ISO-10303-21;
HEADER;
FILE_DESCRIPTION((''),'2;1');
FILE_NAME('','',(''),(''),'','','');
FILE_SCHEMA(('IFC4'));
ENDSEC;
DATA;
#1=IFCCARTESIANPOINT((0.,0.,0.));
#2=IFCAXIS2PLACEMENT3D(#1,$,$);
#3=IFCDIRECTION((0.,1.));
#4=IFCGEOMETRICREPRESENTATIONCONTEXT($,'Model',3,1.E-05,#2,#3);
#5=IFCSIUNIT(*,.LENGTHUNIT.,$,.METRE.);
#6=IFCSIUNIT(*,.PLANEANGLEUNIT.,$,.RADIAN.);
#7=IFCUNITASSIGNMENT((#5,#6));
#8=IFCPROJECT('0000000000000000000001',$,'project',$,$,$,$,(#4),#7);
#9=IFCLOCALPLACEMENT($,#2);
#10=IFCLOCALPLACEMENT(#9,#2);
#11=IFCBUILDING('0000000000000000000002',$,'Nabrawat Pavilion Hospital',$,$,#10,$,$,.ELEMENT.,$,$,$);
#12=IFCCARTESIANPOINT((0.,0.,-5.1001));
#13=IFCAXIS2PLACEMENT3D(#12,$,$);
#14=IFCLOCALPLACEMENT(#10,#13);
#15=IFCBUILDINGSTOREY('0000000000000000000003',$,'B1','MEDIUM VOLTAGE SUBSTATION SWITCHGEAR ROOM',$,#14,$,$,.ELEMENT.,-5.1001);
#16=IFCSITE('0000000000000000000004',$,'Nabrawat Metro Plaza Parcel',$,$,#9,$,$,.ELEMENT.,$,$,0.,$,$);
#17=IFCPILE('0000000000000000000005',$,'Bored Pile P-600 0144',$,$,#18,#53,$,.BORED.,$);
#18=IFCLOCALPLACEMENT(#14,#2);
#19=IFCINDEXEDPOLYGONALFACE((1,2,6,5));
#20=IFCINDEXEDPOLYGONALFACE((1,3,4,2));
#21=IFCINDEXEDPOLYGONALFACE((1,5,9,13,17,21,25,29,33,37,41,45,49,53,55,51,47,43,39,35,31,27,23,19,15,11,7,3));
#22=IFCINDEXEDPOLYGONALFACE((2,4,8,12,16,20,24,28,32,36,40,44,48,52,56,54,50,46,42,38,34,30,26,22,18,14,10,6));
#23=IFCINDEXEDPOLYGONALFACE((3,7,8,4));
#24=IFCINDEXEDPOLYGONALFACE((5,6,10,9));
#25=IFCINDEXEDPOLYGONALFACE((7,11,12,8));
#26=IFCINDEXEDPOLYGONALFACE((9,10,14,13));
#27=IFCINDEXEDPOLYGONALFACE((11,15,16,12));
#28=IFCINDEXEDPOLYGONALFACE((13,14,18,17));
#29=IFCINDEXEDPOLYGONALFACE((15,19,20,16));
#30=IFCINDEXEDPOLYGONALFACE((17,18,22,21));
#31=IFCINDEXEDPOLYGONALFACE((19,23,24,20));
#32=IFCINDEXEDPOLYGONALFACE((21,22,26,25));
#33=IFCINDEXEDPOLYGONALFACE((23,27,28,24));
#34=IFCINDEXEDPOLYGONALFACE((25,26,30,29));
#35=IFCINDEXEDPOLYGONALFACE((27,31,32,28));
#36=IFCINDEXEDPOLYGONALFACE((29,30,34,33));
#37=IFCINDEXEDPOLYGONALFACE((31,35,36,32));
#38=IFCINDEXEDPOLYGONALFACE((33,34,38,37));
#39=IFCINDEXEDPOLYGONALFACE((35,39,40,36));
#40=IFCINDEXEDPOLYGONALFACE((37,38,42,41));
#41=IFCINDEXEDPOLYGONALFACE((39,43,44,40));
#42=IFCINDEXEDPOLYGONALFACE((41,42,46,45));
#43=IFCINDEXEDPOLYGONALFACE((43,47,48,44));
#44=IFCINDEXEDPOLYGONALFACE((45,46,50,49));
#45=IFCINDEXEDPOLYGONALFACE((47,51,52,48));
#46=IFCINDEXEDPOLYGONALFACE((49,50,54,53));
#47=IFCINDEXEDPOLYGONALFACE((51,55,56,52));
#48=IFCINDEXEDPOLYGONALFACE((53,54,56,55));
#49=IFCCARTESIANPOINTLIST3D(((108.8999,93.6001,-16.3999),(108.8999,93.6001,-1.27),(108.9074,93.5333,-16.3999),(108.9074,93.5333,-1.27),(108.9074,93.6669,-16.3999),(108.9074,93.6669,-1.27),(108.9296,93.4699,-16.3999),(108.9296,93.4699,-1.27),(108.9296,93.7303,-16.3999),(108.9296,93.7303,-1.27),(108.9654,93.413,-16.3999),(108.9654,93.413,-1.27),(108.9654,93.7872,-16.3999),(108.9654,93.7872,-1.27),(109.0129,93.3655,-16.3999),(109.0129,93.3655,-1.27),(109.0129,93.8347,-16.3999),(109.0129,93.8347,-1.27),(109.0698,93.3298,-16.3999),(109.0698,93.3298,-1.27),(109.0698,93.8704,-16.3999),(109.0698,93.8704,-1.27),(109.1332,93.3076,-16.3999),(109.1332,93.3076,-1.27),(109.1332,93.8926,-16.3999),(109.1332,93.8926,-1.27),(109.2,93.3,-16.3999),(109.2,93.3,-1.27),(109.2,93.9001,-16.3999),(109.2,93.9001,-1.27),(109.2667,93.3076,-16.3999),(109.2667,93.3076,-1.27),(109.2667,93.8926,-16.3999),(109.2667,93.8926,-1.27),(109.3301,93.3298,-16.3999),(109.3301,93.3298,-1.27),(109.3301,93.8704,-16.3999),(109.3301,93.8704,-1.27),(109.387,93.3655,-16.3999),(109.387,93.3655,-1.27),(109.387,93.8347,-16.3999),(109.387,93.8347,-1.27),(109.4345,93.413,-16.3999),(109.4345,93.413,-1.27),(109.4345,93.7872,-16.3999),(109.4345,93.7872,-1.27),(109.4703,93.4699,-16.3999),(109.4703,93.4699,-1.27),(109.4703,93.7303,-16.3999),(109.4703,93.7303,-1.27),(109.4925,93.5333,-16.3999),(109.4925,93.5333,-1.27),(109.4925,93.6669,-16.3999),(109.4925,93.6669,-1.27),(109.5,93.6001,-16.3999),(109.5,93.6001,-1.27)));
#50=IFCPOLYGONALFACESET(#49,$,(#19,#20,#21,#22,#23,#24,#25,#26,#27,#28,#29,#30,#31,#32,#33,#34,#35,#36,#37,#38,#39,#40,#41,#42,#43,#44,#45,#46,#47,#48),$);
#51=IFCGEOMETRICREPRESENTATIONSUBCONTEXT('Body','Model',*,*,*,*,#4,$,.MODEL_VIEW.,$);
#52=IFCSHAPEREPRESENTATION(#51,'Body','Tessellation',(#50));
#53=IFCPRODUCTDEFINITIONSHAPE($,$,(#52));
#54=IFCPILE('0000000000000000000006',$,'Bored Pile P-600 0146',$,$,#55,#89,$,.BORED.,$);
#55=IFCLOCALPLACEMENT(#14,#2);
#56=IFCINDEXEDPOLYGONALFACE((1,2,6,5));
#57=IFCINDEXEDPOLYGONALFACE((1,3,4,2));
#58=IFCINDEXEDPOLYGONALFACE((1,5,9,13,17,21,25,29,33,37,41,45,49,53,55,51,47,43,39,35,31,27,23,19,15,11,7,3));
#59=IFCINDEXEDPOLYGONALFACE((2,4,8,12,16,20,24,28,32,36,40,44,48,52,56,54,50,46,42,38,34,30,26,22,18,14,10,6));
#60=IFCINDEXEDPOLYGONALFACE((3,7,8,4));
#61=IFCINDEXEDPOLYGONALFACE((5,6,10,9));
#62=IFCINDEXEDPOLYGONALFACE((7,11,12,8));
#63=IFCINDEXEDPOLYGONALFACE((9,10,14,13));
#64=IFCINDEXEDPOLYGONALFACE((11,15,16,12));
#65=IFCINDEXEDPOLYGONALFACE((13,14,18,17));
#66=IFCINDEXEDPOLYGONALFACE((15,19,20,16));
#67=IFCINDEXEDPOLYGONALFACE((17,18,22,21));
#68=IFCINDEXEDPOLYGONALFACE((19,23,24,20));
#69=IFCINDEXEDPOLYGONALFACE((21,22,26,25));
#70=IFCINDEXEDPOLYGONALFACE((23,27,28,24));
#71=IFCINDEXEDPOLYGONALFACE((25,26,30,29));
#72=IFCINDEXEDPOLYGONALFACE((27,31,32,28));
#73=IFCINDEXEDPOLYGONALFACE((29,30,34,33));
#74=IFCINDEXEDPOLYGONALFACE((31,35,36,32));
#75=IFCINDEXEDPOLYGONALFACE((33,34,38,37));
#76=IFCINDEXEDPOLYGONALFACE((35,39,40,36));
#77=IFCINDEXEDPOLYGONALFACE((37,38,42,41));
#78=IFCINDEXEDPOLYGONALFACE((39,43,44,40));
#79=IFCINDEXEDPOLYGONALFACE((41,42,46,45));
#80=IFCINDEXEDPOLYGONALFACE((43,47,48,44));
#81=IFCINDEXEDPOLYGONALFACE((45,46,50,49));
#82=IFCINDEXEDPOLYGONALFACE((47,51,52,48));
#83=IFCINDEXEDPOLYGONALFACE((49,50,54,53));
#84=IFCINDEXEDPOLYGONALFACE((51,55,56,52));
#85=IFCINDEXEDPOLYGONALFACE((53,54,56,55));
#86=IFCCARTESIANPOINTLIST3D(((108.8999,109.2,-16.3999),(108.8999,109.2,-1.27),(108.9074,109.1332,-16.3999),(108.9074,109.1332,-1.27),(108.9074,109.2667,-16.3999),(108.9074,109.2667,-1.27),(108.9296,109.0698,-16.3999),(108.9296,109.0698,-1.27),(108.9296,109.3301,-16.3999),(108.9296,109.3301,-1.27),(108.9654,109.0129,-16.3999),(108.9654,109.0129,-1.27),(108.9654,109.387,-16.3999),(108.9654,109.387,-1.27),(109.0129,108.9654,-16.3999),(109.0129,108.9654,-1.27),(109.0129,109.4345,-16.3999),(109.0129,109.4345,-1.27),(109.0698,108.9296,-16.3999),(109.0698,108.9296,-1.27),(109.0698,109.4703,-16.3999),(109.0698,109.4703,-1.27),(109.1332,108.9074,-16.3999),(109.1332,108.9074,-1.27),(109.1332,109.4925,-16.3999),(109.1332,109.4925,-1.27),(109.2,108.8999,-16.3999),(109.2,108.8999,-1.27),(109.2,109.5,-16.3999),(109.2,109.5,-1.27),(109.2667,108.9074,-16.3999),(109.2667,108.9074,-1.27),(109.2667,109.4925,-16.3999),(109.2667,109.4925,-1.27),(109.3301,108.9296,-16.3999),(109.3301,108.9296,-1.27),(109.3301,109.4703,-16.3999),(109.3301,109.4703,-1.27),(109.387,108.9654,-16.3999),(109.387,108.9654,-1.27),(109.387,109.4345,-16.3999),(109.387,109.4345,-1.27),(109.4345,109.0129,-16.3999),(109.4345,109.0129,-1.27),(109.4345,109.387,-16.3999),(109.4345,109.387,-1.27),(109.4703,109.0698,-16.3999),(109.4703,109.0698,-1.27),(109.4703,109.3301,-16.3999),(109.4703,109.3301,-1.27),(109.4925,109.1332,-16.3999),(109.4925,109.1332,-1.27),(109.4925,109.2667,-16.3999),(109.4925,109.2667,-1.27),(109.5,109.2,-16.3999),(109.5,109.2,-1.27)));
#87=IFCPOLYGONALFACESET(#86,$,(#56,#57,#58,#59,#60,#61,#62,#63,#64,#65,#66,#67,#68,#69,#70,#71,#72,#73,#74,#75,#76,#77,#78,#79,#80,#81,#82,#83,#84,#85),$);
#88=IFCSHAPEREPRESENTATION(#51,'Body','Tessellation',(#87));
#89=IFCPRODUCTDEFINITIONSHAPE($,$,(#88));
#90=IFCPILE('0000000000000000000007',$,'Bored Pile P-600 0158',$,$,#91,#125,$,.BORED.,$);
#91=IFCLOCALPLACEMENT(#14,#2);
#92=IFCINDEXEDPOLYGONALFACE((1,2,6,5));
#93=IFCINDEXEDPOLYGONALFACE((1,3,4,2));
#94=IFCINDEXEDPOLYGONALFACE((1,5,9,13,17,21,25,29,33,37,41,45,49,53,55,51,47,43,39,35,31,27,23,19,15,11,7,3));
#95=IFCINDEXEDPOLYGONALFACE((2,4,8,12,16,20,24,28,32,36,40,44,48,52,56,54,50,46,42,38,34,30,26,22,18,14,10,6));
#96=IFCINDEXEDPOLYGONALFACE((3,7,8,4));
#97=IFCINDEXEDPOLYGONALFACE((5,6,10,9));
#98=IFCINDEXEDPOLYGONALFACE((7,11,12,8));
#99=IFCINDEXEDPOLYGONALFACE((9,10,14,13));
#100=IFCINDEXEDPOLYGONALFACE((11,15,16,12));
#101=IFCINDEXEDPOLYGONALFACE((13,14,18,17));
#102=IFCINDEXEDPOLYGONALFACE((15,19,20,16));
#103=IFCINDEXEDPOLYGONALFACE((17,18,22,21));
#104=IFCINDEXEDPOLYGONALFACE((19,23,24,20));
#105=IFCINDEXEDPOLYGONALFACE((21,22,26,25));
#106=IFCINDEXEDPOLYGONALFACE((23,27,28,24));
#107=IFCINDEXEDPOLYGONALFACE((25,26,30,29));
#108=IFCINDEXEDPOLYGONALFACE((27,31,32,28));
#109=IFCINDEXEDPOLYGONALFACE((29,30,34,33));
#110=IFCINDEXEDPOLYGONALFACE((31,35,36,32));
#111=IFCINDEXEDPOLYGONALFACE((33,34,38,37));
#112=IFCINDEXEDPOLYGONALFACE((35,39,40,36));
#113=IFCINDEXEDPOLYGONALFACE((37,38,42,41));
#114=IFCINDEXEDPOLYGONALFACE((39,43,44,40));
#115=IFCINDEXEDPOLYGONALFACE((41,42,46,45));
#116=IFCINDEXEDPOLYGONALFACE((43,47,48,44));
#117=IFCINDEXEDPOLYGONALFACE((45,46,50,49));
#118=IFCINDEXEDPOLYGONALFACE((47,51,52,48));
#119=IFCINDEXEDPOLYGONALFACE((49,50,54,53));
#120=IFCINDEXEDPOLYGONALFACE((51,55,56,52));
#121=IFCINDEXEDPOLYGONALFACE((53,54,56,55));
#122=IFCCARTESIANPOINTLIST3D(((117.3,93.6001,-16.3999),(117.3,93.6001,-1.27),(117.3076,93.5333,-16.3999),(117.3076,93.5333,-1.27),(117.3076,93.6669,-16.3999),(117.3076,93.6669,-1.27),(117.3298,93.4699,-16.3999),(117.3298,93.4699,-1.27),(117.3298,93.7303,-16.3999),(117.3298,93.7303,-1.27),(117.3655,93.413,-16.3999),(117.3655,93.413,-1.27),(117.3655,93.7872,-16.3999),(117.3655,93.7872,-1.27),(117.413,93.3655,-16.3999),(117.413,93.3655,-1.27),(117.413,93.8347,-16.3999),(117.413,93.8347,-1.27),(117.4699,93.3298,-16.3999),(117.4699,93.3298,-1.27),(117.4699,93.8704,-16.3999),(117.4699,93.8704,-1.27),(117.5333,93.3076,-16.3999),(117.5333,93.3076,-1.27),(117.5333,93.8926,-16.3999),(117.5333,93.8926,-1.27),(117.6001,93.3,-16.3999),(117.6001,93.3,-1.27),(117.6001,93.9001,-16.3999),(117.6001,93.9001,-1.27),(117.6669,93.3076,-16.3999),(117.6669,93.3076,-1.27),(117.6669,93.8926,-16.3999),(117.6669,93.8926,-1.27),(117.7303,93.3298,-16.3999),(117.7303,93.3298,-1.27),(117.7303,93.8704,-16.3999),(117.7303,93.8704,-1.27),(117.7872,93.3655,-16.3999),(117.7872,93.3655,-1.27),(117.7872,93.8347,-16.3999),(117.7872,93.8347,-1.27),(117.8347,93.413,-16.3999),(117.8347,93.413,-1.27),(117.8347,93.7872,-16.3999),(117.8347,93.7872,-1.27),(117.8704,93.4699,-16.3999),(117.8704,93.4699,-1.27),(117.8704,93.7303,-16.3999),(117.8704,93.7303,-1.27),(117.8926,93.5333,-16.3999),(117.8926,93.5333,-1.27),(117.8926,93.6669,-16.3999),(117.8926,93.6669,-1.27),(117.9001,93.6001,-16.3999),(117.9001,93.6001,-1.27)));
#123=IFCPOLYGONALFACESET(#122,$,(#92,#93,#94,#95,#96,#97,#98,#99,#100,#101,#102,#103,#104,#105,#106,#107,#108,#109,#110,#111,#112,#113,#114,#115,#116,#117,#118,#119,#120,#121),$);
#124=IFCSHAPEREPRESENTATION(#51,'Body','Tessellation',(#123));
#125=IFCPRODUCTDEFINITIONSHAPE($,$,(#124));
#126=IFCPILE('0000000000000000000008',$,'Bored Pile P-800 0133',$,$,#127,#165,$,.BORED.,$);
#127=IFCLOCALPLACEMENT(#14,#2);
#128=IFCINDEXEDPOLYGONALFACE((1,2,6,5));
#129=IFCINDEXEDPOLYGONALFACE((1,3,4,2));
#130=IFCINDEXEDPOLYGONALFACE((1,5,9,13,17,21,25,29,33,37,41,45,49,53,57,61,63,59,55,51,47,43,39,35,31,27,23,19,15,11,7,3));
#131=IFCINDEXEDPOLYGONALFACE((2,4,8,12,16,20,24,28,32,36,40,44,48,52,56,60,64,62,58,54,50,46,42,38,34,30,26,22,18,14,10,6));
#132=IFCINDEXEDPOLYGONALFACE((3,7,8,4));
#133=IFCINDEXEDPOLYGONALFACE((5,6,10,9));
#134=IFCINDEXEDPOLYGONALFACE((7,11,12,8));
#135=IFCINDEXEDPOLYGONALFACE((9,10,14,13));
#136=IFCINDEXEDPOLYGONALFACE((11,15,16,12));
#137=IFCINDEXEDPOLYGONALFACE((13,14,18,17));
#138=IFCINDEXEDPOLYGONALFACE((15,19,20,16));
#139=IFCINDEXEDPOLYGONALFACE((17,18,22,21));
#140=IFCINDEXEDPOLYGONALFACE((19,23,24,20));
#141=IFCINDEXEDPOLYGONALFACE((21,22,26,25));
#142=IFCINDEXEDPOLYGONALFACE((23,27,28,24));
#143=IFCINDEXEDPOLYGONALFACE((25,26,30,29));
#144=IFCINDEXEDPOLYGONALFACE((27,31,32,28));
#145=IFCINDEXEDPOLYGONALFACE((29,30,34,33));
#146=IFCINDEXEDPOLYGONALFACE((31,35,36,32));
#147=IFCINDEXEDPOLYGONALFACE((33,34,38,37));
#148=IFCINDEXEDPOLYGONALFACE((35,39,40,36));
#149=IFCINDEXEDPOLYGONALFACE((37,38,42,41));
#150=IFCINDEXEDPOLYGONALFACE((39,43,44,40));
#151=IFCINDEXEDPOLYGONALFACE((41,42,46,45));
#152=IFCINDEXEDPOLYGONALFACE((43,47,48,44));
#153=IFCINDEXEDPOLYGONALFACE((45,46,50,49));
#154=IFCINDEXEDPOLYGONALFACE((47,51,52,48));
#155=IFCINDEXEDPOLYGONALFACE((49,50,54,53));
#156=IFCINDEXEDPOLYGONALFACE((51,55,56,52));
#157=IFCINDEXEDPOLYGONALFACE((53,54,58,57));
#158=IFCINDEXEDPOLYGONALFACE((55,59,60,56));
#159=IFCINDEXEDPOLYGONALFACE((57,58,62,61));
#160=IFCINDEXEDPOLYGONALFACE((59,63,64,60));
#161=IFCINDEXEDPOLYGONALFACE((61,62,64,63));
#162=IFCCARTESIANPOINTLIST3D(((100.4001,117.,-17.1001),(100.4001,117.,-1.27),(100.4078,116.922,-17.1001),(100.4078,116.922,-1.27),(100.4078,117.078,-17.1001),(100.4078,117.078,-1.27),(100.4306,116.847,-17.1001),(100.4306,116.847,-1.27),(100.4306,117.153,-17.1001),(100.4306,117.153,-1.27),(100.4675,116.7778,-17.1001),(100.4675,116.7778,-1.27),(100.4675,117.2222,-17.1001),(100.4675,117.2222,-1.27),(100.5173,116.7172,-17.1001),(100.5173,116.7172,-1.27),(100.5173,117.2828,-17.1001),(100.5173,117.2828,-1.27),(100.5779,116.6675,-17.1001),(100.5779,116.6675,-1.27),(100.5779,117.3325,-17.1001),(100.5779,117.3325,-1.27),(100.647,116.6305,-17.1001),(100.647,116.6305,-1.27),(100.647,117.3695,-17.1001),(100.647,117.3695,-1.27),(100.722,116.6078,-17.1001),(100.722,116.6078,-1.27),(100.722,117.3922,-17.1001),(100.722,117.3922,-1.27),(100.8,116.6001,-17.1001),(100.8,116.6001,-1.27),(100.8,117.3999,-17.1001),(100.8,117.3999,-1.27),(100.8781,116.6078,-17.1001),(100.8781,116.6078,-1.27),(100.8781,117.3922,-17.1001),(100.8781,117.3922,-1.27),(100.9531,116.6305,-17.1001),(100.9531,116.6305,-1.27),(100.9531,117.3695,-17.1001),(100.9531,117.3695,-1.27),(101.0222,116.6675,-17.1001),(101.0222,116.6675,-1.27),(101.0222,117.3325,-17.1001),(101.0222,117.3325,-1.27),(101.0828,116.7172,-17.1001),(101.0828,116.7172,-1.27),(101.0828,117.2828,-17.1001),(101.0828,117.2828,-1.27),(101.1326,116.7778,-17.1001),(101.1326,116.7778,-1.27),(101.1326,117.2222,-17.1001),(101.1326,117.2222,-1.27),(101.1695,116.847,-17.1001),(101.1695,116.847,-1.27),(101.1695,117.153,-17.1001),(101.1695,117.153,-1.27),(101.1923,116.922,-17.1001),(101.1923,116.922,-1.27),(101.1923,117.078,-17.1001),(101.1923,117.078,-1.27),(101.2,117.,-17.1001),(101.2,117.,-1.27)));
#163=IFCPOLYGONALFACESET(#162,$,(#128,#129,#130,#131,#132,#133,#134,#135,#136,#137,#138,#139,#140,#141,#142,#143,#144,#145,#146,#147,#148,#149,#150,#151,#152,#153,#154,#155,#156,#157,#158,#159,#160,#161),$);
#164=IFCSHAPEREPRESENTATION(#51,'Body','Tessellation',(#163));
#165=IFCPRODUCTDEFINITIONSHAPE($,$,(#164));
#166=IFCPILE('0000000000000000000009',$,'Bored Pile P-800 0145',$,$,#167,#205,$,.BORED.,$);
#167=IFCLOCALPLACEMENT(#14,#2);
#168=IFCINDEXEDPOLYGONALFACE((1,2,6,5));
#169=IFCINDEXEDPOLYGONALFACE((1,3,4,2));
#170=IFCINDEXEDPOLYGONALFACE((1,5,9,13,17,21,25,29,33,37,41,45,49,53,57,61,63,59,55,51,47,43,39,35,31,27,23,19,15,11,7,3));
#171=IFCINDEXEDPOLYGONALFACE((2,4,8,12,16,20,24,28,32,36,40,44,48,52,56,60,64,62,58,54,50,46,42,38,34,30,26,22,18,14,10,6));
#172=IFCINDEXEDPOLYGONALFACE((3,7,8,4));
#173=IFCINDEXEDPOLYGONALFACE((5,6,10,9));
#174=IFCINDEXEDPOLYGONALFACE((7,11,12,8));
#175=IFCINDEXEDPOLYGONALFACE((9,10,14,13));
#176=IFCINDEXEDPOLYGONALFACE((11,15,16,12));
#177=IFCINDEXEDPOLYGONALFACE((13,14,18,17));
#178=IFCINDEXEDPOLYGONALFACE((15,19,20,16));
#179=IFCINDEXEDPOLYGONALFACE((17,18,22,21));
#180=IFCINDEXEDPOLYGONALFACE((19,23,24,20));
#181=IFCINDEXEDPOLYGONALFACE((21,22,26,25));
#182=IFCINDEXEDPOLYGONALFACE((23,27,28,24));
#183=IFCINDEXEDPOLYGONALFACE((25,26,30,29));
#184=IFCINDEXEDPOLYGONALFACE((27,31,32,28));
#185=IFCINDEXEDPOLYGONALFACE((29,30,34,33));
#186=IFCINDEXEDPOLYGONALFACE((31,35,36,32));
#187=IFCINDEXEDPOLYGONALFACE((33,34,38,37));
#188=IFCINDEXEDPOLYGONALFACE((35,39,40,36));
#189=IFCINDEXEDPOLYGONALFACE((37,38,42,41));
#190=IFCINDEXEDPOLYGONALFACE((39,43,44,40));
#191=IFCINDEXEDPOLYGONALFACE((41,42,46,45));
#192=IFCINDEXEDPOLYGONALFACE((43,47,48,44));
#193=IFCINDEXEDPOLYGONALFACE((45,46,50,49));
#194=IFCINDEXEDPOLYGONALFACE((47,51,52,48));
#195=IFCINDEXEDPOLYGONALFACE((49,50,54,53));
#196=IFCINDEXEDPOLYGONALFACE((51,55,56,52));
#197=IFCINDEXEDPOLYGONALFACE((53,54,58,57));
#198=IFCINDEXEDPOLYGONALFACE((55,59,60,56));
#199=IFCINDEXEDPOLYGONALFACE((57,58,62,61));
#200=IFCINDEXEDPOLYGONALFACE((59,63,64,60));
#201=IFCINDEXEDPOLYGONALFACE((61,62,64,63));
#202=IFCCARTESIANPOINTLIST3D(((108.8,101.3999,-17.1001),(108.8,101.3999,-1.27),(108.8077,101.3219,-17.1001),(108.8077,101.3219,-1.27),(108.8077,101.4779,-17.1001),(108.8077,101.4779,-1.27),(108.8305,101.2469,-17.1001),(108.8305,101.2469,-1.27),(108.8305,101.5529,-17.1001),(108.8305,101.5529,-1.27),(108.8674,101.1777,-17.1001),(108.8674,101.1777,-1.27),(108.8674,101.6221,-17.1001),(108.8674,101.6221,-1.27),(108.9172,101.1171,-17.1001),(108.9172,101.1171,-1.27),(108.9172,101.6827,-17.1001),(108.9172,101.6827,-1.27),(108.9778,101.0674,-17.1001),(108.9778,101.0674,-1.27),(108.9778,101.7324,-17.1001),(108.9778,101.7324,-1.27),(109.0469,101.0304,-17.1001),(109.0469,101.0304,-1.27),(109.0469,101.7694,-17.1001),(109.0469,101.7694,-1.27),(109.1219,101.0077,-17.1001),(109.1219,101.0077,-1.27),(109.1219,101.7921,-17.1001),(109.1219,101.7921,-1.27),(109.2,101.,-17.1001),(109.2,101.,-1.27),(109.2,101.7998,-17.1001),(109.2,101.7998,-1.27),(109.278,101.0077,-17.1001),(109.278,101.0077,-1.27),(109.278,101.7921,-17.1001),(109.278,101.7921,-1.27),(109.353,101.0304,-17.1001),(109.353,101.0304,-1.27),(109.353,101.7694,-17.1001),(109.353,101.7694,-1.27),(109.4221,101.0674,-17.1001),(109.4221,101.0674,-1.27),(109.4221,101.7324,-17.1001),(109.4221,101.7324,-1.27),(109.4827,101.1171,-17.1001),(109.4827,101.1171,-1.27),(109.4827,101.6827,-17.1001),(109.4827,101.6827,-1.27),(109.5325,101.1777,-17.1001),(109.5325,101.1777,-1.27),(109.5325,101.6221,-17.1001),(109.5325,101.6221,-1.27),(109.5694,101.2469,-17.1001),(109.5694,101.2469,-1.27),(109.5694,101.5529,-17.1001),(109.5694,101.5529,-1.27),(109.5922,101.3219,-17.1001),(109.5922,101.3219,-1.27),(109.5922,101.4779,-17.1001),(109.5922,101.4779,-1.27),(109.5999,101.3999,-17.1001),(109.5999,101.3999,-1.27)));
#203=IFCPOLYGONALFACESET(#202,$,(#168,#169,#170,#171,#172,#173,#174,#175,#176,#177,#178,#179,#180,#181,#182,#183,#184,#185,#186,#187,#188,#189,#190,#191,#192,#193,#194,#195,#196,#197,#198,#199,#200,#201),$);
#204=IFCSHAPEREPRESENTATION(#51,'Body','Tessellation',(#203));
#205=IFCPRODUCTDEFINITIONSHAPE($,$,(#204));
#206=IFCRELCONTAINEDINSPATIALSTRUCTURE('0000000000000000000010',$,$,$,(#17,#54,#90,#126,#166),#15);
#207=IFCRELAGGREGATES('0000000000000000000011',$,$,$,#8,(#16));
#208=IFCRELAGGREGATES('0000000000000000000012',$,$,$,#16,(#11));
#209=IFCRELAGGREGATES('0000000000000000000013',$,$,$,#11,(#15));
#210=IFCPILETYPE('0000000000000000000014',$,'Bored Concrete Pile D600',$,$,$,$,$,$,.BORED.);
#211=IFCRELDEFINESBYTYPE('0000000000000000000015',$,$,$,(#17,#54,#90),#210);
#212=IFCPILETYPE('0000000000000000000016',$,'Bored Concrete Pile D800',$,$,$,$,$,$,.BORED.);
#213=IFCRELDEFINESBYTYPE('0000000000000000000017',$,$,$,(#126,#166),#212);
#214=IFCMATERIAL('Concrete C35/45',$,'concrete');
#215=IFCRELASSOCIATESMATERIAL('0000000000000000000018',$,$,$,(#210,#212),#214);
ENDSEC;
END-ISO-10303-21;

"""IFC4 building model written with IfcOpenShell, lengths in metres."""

from ifc_helpers import new_model, si_unit, direction, frame, origin, origin_2d, place, context, subcontext, project, spatial, circle, extrude, material, material_profile, profile_set, type_object, element, save


model = new_model("IFC4")

# Units and contexts
model_context = context("Model", 3, precision=1e-05, world=origin(), true_north=direction((0.0, 1.0)))
body_context = subcontext(model_context, "Body", "Model", "MODEL_VIEW")
ifc_project = project(units=[si_unit("LENGTHUNIT", "METRE"), si_unit("PLANEANGLEUNIT", "RADIAN")], contexts=[model_context])

# Site, building, storey
site_placement = place(None, origin())
site = spatial("IfcSite", under=ifc_project, at=site_placement, Name="Nabrawat Metro Plaza Parcel", CompositionType="ELEMENT", RefElevation=0.0)
building_placement = place(site_placement, origin())
building = spatial("IfcBuilding", under=site, at=building_placement, Name="Nabrawat Pavilion Hospital", CompositionType="ELEMENT")
storey_placement = place(building_placement, frame((0.0, 0.0, -5.1001)))
storey = spatial("IfcBuildingStorey", under=building, at=storey_placement, Name="B1", Description="MEDIUM VOLTAGE SUBSTATION SWITCHGEAR ROOM", CompositionType="ELEMENT", Elevation=-5.1001)

# Piles
ifc_material_1 = material(Name="Concrete C35/45", Category="concrete")
ifc_material_profile_1 = material_profile(ifc_material_1, circle(Radius=0.3, at=origin_2d()), Name="DIA 600")
ifc_profile_set_1 = profile_set([ifc_material_profile_1], Name="Concrete C35/45")
pile_type_1 = type_object("IfcPileType", Name="Bored Concrete Pile D600", PredefinedType="BORED", material=ifc_profile_set_1)
for number, where, z_axis, x_axis, name in (
    (1, (109.2, 93.6001, -1.27), (0.0, 0.0, -1.0), (1.0, 0.0, 0.0), "Bored Pile P-600 0144"),
    (2, (109.2, 109.2, -1.27), (0.0, 0.0, -1.0), (1.0, 0.0, 0.0), "Bored Pile P-600 0146"),
    (3, (117.6001, 93.6001, -1.27), (0.0, 0.0, -1.0), (1.0, 0.0, 0.0), "Bored Pile P-600 0158"),
):
    element("IfcPile", number, at=place(storey_placement, frame(where, z_axis=z_axis, x_axis=x_axis)), inside=storey, type_object=pile_type_1, Name=name, PredefinedType="BORED", context=body_context, shape_type="SweptSolid", body=[
        extrude(circle(Radius=0.3, at=origin_2d()), origin(), (0.0, 0.0, 1.0), 15.1299),
    ])
ifc_material_profile_2 = material_profile(ifc_material_1, circle(Radius=0.3999, at=origin_2d()), Name="DIA 800")
ifc_profile_set_2 = profile_set([ifc_material_profile_2], Name="Concrete C35/45")
pile_type_2 = type_object("IfcPileType", Name="Bored Concrete Pile D800", PredefinedType="BORED", material=ifc_profile_set_2)
for number, where, z_axis, x_axis, name in (
    (4, (100.8, 117.0, -1.27), (0.0, 0.0, -1.0), (1.0, 0.0, 0.0), "Bored Pile P-800 0133"),
    (5, (109.2, 101.3999, -1.27), (0.0, 0.0, -1.0), (1.0, 0.0, 0.0), "Bored Pile P-800 0145"),
):
    element("IfcPile", number, at=place(storey_placement, frame(where, z_axis=z_axis, x_axis=x_axis)), inside=storey, type_object=pile_type_2, Name=name, PredefinedType="BORED", context=body_context, shape_type="SweptSolid", body=[
        extrude(circle(Radius=0.3999, at=origin_2d()), origin(), (0.0, 0.0, 1.0), 15.8301),
    ])

save(model, "model.ifc")
